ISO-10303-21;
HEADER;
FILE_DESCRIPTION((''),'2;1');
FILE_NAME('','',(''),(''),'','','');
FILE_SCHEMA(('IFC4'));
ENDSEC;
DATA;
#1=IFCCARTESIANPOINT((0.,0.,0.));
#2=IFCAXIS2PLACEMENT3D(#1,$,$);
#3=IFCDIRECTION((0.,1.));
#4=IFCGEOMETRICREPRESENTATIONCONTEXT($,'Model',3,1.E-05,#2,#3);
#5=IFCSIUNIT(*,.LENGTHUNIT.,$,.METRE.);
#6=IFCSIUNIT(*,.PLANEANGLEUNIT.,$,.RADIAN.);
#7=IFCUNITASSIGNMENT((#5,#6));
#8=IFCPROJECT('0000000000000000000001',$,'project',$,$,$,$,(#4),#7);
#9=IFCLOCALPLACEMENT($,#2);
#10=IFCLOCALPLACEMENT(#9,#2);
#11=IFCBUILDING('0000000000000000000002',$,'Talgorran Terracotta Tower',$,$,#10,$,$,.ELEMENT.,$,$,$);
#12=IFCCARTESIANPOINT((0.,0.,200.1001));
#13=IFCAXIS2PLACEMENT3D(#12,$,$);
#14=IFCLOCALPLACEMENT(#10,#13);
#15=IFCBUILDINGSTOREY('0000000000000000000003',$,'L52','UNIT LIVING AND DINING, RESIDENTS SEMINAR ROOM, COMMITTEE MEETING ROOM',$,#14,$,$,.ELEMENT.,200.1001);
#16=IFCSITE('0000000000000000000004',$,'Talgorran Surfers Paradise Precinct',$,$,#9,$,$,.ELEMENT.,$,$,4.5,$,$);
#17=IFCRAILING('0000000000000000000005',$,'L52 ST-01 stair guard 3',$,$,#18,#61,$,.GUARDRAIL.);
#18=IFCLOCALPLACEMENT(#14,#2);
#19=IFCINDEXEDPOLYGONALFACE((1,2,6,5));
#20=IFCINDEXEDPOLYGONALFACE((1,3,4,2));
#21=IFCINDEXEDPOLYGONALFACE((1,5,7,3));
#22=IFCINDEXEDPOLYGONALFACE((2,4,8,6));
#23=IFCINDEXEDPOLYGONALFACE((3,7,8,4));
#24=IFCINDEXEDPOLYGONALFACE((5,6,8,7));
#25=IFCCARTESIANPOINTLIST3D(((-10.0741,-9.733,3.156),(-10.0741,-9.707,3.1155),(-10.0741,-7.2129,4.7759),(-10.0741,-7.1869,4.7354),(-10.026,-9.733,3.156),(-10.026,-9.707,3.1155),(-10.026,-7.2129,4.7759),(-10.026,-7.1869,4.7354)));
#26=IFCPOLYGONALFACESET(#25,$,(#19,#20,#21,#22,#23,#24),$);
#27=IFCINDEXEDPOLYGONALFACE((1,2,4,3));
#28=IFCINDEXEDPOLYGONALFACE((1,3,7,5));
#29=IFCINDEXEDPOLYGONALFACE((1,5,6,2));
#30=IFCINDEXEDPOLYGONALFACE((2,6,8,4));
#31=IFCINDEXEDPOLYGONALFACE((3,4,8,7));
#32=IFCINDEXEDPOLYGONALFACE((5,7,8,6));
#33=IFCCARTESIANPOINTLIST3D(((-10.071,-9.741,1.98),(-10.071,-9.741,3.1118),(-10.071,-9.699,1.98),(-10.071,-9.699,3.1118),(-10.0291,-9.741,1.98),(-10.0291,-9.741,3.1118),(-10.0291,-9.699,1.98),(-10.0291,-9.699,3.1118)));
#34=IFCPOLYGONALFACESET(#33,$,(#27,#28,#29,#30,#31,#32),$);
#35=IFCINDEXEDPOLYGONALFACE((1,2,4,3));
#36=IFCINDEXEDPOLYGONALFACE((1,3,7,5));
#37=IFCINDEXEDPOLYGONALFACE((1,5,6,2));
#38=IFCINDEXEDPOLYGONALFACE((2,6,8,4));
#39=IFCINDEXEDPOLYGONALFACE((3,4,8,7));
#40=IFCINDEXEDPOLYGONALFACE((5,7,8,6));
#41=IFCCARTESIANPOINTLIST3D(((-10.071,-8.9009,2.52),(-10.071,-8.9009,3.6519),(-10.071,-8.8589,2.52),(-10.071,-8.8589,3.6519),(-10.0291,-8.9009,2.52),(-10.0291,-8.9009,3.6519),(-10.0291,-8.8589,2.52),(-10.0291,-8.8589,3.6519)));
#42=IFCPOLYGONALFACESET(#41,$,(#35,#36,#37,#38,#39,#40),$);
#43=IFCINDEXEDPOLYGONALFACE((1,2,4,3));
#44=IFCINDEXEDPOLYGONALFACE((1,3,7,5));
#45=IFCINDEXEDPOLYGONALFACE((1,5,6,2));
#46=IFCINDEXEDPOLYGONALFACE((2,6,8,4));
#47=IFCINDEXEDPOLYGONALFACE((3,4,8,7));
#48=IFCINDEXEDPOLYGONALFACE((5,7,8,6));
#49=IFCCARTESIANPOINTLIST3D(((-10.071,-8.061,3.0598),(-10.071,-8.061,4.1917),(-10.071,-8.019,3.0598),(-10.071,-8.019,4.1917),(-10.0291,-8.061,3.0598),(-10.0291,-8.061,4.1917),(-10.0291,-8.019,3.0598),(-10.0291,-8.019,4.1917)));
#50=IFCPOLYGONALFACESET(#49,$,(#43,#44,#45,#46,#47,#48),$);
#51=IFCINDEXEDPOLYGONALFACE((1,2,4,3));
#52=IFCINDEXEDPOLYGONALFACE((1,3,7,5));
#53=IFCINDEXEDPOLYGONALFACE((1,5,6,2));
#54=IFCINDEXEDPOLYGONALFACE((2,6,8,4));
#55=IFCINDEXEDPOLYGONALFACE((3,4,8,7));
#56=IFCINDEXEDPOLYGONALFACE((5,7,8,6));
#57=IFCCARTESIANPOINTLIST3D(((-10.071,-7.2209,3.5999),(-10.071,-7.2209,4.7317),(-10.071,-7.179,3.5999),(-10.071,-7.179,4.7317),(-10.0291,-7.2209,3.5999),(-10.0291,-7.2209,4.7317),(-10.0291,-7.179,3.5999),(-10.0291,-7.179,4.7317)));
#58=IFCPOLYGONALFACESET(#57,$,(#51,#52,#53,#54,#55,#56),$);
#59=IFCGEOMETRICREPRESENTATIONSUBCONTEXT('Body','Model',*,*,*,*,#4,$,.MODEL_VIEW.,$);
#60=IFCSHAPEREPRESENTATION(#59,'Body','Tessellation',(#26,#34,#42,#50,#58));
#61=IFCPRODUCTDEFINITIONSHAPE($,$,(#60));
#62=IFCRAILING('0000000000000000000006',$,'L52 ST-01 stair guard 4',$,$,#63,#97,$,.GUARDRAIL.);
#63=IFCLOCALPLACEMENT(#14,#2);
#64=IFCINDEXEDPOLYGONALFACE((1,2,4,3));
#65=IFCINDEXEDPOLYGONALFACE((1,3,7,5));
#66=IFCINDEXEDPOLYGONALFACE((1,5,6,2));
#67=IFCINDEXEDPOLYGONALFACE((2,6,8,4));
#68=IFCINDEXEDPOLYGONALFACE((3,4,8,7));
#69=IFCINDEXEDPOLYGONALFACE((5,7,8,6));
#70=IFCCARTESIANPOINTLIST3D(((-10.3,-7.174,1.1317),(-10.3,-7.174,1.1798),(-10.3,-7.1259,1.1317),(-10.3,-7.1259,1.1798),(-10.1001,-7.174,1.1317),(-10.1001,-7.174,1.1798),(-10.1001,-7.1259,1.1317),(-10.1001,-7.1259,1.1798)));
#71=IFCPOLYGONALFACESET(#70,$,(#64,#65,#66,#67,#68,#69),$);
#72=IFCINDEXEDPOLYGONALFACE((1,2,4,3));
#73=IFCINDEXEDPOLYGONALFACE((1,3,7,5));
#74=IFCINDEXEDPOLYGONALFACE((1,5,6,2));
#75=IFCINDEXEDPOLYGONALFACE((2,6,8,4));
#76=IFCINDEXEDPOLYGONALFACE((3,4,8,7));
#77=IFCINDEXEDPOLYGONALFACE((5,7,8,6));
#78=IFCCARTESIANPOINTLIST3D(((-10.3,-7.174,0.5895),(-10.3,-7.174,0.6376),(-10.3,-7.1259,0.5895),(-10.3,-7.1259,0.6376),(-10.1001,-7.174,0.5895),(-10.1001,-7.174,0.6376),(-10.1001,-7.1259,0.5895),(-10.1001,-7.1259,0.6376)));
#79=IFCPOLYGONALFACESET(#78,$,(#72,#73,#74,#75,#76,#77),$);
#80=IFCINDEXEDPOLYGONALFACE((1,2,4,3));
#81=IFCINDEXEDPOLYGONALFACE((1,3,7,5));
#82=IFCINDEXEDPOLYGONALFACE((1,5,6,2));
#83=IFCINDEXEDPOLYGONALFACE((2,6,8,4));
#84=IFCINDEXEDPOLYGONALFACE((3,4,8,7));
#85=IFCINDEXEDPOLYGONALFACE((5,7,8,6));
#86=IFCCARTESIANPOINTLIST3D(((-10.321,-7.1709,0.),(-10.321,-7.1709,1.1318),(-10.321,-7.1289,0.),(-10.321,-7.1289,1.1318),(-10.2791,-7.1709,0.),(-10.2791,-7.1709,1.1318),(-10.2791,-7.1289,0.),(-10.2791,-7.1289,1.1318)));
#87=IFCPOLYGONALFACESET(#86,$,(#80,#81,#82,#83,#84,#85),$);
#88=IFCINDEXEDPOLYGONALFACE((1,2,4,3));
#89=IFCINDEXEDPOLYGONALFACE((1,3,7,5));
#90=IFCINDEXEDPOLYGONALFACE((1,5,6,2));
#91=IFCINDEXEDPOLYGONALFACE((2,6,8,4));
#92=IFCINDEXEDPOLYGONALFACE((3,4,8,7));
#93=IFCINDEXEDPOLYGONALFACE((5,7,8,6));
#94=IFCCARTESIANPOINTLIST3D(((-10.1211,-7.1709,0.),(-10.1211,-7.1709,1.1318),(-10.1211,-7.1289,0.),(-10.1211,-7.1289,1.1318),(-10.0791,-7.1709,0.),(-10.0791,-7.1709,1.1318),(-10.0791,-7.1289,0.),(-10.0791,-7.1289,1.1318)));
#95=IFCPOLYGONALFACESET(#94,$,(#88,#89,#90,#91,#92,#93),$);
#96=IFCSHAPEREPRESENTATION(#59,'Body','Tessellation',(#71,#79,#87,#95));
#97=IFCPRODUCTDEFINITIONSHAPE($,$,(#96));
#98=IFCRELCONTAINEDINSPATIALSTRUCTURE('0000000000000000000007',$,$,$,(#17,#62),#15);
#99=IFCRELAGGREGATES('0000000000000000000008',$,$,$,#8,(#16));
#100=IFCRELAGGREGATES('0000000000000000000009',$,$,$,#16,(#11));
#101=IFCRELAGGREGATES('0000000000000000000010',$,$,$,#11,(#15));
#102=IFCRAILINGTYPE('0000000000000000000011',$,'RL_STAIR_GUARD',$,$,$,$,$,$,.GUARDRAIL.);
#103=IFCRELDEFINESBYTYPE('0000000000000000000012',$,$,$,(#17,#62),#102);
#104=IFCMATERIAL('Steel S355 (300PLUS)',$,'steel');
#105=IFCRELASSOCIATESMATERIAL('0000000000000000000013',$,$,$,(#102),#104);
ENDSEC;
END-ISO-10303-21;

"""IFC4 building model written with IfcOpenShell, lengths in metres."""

from ifc_helpers import new_model, si_unit, direction, frame, origin, origin_2d, place, context, subcontext, project, spatial, rectangle, extrude, material, type_object, element, save


model = new_model("IFC4")

# Units and contexts
model_context = context("Model", 3, precision=1e-05, world=origin(), true_north=direction((0.0, 1.0)))
body_context = subcontext(model_context, "Body", "Model", "MODEL_VIEW")
ifc_project = project(units=[si_unit("LENGTHUNIT", "METRE"), si_unit("PLANEANGLEUNIT", "RADIAN")], contexts=[model_context])

# Site, building, storey
site_placement = place(None, origin())
site = spatial("IfcSite", under=ifc_project, at=site_placement, Name="Talgorran Surfers Paradise Precinct", CompositionType="ELEMENT", RefElevation=4.5)
building_placement = place(site_placement, origin())
building = spatial("IfcBuilding", under=site, at=building_placement, Name="Talgorran Terracotta Tower", CompositionType="ELEMENT")
storey_placement = place(building_placement, frame((0.0, 0.0, 200.1001)))
storey = spatial("IfcBuildingStorey", under=building, at=storey_placement, Name="L52", Description="UNIT LIVING AND DINING, RESIDENTS SEMINAR ROOM, COMMITTEE MEETING ROOM", CompositionType="ELEMENT", Elevation=200.1001)

# Railings
ifc_material_1 = material(Name="Steel S355 (300PLUS)", Category="steel")
railing_type_1 = type_object("IfcRailingType", Name="RL_STAIR_GUARD", PredefinedType="GUARDRAIL", material=ifc_material_1)
railing_1_placement = place(storey_placement, frame((-10.05, -9.72, 1.98)))
element("IfcRailing", 1, at=railing_1_placement, inside=storey, type_object=railing_type_1, Name="L52 ST-01 stair guard 3", PredefinedType="GUARDRAIL", context=body_context, shape_type="SweptSolid", body=[
    extrude(rectangle(XDim=0.0481, YDim=0.0481, at=origin_2d()), frame((0.0, 0.0, 1.1558), z_axis=(0.0, 0.8412, 0.540725), x_axis=(-1.0, 0.0, 0.0)), (0.0, 0.0, 1.0), 2.9958),
    extrude(rectangle(XDim=0.042, YDim=0.042, at=origin_2d()), origin(), (0.0, 0.0, 1.0), 1.1318),
    extrude(rectangle(XDim=0.042, YDim=0.042, at=origin_2d()), frame((0.0, 0.8401, 0.54)), (0.0, 0.0, 1.0), 1.1318),
    extrude(rectangle(XDim=0.042, YDim=0.042, at=origin_2d()), frame((0.0, 1.6799, 1.0798)), (0.0, 0.0, 1.0), 1.1318),
    extrude(rectangle(XDim=0.042, YDim=0.042, at=origin_2d()), frame((0.0, 2.52, 1.6199)), (0.0, 0.0, 1.0), 1.1318),
])
railing_2_placement = place(storey_placement, frame((-10.3, -7.1499, 0.0)))
element("IfcRailing", 2, at=railing_2_placement, inside=storey, type_object=railing_type_1, Name="L52 ST-01 stair guard 4", PredefinedType="GUARDRAIL", context=body_context, shape_type="SweptSolid", body=[
    extrude(rectangle(XDim=0.0481, YDim=0.0481, at=origin_2d()), frame((0.0, 0.0, 1.1558), z_axis=(1.0, 0.0, 0.0), x_axis=(0.0, 1.0, 0.0)), (0.0, 0.0, 1.0), 0.2),
    extrude(rectangle(XDim=0.0481, YDim=0.0481, at=origin_2d()), frame((0.0, 0.0, 0.6135), z_axis=(1.0, 0.0, 0.0), x_axis=(0.0, 1.0, 0.0)), (0.0, 0.0, 1.0), 0.2),
    extrude(rectangle(XDim=0.042, YDim=0.042, at=origin_2d()), origin(), (0.0, 0.0, 1.0), 1.1318),
    extrude(rectangle(XDim=0.042, YDim=0.042, at=origin_2d()), frame((0.2, 0.0, 0.0)), (0.0, 0.0, 1.0), 1.1318),
])

save(model, "model.ifc")
